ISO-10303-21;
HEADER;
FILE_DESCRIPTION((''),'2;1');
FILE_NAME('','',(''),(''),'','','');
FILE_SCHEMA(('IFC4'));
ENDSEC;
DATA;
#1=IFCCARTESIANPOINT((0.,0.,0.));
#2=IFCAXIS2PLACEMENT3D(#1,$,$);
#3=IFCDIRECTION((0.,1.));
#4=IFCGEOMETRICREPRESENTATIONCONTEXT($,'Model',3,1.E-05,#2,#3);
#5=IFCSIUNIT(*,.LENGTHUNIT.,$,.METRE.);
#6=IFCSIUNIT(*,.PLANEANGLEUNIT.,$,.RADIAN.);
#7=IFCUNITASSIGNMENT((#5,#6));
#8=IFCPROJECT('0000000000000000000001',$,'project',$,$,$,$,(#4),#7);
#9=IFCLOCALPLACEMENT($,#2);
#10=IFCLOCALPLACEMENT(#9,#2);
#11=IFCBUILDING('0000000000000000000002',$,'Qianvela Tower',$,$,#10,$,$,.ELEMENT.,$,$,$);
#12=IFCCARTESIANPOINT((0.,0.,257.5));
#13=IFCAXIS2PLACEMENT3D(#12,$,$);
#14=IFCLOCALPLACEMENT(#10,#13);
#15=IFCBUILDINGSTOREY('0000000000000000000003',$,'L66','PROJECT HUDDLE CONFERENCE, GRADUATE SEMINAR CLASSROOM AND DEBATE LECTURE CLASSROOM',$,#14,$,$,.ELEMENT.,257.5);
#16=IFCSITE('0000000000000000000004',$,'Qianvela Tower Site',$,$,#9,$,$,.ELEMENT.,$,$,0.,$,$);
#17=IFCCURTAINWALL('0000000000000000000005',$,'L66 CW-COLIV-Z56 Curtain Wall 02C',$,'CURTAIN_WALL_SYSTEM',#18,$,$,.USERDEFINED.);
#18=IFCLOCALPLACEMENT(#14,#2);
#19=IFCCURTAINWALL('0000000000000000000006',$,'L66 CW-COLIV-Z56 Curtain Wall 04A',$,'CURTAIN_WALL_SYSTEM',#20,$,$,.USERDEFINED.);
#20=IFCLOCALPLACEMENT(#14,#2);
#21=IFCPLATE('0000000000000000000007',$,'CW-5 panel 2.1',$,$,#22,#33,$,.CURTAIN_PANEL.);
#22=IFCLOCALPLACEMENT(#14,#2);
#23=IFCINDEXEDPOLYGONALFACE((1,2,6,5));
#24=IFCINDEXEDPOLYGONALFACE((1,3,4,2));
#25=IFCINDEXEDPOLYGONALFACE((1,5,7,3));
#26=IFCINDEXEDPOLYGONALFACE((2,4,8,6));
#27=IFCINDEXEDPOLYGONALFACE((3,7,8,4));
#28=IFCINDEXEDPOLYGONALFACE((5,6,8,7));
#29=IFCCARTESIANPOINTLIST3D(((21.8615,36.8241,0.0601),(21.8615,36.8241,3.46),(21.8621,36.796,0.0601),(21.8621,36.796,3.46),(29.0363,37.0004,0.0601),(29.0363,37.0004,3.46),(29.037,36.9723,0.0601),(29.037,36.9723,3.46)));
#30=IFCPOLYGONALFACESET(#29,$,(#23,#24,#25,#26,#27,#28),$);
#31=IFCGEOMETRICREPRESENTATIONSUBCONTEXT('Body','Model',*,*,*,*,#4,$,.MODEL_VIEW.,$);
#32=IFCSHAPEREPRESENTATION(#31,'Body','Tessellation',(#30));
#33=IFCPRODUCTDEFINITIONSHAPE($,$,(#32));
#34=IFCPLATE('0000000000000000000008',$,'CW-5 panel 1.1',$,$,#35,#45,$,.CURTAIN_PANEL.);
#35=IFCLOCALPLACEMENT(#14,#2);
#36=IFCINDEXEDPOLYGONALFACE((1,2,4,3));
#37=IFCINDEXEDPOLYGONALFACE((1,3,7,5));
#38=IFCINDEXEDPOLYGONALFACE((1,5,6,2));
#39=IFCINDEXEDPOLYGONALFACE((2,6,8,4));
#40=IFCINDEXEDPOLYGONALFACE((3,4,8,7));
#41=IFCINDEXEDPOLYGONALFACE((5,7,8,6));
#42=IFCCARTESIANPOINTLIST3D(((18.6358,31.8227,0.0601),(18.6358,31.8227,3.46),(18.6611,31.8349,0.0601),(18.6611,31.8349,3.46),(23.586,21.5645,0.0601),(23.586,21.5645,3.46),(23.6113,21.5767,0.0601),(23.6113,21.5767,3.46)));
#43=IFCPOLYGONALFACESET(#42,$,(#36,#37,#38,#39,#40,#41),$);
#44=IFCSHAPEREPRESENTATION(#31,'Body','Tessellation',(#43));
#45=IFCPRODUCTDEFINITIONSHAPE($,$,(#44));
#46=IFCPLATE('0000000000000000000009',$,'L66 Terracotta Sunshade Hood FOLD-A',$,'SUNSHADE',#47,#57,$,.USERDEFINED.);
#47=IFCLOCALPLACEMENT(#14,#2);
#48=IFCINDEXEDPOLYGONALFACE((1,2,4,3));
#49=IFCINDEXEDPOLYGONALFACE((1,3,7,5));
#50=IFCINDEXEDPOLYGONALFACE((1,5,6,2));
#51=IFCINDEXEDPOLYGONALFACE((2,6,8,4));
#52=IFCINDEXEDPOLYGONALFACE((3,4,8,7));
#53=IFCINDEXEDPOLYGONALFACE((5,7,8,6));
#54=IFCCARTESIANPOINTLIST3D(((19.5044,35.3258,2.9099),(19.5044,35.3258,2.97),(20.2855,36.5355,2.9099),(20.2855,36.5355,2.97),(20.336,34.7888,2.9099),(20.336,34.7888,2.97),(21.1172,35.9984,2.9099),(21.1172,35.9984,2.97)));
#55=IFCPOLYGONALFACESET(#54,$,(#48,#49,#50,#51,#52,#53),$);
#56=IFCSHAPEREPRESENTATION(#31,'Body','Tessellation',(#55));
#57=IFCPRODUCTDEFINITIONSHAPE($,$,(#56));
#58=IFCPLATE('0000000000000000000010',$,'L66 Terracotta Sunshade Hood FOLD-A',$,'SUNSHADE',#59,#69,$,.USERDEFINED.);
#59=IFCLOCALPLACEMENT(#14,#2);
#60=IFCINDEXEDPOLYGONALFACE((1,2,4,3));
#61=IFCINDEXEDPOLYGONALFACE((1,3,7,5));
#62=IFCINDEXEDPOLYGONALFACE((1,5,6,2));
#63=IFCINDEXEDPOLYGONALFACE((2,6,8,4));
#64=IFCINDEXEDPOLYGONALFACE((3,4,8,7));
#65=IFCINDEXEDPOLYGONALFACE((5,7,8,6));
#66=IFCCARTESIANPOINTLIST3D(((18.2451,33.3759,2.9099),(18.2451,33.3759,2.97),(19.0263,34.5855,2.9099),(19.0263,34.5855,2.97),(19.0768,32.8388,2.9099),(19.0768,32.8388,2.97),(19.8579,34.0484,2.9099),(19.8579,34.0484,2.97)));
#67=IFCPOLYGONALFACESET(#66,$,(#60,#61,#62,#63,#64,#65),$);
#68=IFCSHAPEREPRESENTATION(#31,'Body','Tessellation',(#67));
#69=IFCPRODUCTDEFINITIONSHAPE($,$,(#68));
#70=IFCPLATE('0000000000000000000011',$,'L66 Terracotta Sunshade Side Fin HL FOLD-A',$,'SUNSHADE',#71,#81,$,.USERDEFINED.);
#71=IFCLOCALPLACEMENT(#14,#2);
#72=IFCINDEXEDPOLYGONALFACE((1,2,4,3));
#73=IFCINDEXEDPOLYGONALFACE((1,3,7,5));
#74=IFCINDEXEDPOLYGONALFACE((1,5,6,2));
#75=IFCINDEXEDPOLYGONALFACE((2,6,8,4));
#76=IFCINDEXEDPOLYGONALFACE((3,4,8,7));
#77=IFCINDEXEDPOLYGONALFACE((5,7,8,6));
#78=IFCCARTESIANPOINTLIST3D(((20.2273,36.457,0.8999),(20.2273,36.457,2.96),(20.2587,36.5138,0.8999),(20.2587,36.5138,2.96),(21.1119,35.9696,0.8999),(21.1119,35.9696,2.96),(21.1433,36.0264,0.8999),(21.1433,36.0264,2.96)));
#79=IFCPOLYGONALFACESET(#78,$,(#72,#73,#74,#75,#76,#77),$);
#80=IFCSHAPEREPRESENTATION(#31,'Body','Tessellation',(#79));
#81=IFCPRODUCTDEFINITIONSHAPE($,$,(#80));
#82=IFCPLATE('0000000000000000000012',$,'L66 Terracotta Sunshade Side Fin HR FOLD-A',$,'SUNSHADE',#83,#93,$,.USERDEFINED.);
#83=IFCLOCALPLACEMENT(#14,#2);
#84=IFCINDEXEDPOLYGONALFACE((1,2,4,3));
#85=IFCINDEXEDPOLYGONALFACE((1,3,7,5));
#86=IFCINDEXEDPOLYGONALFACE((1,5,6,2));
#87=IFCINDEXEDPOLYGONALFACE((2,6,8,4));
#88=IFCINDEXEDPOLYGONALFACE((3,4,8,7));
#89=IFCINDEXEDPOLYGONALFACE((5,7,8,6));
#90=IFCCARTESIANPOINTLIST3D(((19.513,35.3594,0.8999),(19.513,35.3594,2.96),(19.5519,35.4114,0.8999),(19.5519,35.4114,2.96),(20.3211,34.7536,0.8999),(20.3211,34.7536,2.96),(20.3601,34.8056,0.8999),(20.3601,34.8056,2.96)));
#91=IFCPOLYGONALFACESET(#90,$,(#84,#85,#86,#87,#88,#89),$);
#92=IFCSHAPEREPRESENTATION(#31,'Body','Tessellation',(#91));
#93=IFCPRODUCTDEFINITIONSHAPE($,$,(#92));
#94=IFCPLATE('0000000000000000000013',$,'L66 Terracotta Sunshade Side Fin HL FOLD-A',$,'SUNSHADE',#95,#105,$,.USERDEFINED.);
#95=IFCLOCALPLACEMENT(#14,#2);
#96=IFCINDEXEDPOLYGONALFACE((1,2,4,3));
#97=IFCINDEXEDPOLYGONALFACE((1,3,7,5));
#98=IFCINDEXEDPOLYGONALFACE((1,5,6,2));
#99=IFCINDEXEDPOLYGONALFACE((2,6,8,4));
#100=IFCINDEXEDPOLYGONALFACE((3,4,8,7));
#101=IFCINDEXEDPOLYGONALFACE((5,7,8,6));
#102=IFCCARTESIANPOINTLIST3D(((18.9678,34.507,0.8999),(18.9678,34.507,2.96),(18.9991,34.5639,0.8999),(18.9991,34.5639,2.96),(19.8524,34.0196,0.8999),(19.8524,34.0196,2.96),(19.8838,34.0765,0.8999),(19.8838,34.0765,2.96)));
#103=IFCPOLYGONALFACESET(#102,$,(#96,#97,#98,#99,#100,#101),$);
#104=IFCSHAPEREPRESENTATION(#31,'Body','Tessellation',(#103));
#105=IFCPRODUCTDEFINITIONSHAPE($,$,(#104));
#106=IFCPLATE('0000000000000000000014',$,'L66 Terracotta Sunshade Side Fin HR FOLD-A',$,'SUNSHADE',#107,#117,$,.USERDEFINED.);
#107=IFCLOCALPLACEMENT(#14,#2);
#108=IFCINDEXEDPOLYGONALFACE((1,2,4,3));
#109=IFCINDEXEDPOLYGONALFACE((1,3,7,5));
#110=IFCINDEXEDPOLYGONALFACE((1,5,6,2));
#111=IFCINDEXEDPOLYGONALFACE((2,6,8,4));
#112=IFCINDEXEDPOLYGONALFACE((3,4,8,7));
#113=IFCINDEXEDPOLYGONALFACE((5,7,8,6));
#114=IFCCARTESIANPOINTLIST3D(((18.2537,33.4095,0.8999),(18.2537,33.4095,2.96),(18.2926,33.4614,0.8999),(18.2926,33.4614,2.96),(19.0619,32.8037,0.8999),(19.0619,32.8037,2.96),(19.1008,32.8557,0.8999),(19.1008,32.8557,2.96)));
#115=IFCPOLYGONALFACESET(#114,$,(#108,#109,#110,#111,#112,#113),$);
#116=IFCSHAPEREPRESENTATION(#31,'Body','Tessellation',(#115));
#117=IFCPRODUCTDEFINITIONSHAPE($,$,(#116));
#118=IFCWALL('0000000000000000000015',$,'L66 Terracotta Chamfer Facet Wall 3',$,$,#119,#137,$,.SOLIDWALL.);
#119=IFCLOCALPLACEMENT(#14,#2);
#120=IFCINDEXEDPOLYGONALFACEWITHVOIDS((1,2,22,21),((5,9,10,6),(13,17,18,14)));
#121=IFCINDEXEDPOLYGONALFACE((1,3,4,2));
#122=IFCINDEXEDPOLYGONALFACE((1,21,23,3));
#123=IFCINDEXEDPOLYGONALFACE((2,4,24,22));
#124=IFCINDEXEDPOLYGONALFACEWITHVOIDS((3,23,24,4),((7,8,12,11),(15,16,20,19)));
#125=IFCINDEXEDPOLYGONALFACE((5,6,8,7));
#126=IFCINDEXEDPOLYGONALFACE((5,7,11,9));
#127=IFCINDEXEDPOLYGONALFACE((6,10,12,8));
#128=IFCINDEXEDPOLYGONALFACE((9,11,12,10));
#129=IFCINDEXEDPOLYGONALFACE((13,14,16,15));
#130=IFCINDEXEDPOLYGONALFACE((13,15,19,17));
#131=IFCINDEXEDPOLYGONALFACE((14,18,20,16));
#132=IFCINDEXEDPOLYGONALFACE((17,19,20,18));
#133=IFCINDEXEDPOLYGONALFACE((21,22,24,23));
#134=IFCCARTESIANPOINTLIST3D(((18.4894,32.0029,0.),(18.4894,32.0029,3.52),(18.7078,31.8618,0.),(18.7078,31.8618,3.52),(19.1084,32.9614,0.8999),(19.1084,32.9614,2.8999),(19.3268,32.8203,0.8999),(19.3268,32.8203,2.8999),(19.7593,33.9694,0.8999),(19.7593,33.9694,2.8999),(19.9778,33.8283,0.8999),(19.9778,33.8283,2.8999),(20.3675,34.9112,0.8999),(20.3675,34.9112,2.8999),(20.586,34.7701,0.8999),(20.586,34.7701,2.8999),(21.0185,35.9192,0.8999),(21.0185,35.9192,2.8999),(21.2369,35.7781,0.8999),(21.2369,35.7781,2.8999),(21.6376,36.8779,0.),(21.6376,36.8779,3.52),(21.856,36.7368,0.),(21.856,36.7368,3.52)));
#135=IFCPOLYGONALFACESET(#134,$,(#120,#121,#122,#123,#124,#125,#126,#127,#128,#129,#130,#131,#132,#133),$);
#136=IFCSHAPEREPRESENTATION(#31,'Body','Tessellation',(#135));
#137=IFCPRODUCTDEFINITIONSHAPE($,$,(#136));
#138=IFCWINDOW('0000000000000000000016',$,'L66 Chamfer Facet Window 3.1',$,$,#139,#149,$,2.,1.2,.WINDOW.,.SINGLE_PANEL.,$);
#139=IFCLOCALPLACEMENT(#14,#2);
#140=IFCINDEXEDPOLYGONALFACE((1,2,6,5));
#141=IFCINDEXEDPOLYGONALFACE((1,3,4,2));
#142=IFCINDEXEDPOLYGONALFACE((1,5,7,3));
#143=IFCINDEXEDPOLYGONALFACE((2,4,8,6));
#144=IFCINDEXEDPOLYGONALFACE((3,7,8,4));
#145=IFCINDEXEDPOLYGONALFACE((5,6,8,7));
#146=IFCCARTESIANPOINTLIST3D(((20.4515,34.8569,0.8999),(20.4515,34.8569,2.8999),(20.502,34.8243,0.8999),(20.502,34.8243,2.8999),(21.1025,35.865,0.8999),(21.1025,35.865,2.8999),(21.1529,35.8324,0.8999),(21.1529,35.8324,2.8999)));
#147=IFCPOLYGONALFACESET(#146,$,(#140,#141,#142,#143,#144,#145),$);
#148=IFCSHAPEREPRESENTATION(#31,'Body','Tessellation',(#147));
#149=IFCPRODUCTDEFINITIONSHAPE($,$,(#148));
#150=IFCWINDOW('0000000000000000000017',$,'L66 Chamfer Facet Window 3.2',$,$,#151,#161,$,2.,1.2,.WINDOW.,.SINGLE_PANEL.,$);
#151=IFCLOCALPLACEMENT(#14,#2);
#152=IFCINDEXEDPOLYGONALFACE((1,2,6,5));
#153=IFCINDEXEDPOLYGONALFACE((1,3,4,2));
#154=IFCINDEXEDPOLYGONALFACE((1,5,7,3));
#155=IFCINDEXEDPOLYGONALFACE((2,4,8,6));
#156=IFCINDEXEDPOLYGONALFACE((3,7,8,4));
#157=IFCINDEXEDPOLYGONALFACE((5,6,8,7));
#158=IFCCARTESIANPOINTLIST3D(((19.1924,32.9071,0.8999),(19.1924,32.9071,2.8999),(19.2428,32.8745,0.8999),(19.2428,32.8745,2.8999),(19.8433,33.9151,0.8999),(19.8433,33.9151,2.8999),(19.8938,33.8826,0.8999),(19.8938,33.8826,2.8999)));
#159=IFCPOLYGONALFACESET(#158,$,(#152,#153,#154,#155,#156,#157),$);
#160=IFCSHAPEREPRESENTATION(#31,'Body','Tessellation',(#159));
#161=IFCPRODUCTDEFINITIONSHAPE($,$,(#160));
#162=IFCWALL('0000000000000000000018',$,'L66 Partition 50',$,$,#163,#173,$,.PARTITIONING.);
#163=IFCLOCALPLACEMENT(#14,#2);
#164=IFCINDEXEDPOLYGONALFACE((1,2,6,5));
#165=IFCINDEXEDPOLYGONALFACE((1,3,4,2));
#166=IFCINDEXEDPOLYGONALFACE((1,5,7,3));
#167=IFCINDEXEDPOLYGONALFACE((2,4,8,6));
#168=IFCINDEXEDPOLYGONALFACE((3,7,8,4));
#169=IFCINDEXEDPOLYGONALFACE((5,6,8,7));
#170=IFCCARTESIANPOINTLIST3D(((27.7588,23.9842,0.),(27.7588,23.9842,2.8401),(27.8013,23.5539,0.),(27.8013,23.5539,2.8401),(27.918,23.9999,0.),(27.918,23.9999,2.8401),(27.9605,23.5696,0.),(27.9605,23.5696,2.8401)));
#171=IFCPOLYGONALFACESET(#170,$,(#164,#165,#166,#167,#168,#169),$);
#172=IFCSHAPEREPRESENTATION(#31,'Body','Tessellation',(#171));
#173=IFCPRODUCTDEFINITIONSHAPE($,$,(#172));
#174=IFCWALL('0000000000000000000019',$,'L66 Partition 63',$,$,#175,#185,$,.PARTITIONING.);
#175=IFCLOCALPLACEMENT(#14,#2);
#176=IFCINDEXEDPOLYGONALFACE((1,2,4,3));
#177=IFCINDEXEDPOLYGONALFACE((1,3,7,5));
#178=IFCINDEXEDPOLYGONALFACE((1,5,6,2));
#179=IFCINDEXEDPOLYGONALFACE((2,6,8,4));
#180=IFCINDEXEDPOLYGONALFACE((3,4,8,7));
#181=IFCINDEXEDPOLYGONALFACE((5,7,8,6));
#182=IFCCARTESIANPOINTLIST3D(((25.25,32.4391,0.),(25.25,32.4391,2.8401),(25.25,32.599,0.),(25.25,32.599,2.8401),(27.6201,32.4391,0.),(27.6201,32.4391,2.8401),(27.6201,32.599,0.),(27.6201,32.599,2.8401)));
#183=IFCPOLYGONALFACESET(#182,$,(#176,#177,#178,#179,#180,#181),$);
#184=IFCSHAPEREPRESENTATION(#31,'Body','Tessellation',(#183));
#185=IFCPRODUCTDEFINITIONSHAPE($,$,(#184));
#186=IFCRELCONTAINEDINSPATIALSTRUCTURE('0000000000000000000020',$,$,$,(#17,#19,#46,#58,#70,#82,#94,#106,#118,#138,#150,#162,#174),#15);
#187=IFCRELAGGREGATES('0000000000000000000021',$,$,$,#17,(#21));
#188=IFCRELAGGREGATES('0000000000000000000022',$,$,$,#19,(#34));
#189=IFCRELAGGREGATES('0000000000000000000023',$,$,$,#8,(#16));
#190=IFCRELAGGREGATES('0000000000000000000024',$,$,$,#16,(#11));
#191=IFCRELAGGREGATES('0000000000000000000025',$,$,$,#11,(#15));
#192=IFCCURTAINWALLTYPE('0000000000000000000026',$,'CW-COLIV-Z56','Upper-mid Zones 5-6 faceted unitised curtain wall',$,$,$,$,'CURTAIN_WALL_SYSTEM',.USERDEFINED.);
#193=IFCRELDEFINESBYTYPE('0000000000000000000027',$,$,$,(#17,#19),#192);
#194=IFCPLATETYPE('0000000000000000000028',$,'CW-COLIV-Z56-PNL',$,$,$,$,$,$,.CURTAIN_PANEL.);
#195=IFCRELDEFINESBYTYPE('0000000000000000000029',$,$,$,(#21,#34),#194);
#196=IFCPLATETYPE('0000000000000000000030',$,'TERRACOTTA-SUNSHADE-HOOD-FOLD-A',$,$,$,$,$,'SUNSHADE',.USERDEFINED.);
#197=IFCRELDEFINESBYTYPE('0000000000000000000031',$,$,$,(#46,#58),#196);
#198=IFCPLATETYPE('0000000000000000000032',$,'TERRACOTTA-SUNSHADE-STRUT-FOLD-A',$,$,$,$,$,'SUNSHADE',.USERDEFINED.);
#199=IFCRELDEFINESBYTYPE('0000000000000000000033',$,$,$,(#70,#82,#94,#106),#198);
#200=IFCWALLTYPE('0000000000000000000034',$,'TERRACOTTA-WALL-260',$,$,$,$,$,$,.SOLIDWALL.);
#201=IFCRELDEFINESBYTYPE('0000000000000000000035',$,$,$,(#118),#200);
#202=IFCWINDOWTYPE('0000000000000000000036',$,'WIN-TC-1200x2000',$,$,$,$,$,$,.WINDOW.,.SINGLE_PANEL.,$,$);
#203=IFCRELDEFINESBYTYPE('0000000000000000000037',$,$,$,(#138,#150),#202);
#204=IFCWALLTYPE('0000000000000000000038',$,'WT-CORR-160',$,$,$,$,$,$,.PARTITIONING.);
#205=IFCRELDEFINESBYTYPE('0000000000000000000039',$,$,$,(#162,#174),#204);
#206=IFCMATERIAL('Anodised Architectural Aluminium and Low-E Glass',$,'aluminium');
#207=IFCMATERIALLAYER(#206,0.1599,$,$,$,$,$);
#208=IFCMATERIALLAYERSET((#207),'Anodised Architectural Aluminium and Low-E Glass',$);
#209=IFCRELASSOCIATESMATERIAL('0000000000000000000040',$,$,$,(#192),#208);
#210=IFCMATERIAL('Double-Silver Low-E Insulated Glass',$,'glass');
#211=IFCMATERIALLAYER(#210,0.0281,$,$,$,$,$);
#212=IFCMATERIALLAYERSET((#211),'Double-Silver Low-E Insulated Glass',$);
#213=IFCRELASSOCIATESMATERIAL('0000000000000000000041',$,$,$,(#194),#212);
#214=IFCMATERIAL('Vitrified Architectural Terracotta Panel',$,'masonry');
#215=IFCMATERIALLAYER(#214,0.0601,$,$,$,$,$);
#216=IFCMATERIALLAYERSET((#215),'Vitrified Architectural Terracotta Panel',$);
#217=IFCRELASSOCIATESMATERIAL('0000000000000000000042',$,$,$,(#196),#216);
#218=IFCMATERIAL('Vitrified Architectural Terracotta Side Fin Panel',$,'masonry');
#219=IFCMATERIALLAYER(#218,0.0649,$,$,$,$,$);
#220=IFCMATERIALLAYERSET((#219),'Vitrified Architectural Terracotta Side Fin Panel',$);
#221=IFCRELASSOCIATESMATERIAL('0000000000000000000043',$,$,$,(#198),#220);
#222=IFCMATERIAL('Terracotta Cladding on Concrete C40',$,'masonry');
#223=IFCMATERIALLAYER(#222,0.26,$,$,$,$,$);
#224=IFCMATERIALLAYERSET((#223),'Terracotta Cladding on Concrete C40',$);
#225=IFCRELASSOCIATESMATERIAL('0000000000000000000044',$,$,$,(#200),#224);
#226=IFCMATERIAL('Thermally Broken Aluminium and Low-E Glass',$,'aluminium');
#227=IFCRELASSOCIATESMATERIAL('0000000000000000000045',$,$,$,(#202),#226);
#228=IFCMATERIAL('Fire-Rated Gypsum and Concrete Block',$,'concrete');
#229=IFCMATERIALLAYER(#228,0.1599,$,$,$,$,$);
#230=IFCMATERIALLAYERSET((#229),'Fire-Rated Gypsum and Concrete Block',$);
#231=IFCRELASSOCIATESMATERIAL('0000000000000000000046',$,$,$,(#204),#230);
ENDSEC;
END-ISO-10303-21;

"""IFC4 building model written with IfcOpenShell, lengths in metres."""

from ifc_helpers import new_model, si_unit, direction, frame, frame_2d, origin, origin_2d, place, context, subcontext, project, spatial, rectangle, extrude, material, layer, layer_set, type_object, element, fill, aggregate, save


model = new_model("IFC4")

# Units and contexts
model_context = context("Model", 3, precision=1e-05, world=origin(), true_north=direction((0.0, 1.0)))
body_context = subcontext(model_context, "Body", "Model", "MODEL_VIEW")
ifc_project = project(units=[si_unit("LENGTHUNIT", "METRE"), si_unit("PLANEANGLEUNIT", "RADIAN")], contexts=[model_context])

# Site, building, storey
site_placement = place(None, origin())
site = spatial("IfcSite", under=ifc_project, at=site_placement, Name="Qianvela Tower Site", CompositionType="ELEMENT", RefElevation=0.0)
building_placement = place(site_placement, origin())
building = spatial("IfcBuilding", under=site, at=building_placement, Name="Qianvela Tower", CompositionType="ELEMENT")
storey_placement = place(building_placement, frame((0.0, 0.0, 257.5)))
storey = spatial("IfcBuildingStorey", under=building, at=storey_placement, Name="L66", Description="PROJECT HUDDLE CONFERENCE, GRADUATE SEMINAR CLASSROOM AND DEBATE LECTURE CLASSROOM", CompositionType="ELEMENT", Elevation=257.5)

# Curtain wall
ifc_material_1 = material(Name="Anodised Architectural Aluminium and Low-E Glass", Category="aluminium")
ifc_layer_1 = layer(ifc_material_1, 0.1599)
ifc_layer_set_1 = layer_set([ifc_layer_1], Name="Anodised Architectural Aluminium and Low-E Glass")
curtain_wall_type = type_object("IfcCurtainWallType", Name="CW-COLIV-Z56", Description="Upper-mid Zones 5-6 faceted unitised curtain wall", ElementType="CURTAIN_WALL_SYSTEM", PredefinedType="USERDEFINED", material=ifc_layer_set_1)
curtain_wall_1_placement = place(storey_placement, origin())
curtain_wall_1 = element("IfcCurtainWall", 1, at=curtain_wall_1_placement, inside=storey, type_object=curtain_wall_type, Name="L66 CW-COLIV-Z56 Curtain Wall 02C", ObjectType="CURTAIN_WALL_SYSTEM", PredefinedType="USERDEFINED")

# Curtain wall
curtain_wall_2_placement = place(storey_placement, origin())
curtain_wall_2 = element("IfcCurtainWall", 2, at=curtain_wall_2_placement, inside=storey, type_object=curtain_wall_type, Name="L66 CW-COLIV-Z56 Curtain Wall 04A", ObjectType="CURTAIN_WALL_SYSTEM", PredefinedType="USERDEFINED")

# Plates
ifc_material_2 = material(Name="Double-Silver Low-E Insulated Glass", Category="glass")
ifc_layer_2 = layer(ifc_material_2, 0.0281)
ifc_layer_set_2 = layer_set([ifc_layer_2], Name="Double-Silver Low-E Insulated Glass")
plate_type_1 = type_object("IfcPlateType", Name="CW-COLIV-Z56-PNL", PredefinedType="CURTAIN_PANEL", material=ifc_layer_set_2)
plate_1_placement = place(storey_placement, frame((25.4492, 36.8982, 0.0601), z_axis=(0.0, 0.0, 1.0), x_axis=(-0.999698, -0.024558, 0.0)))
plate_1 = element("IfcPlate", 3, at=plate_1_placement, type_object=plate_type_1, Name="CW-5 panel 2.1", PredefinedType="CURTAIN_PANEL", context=body_context, shape_type="SweptSolid", body=[
    extrude(rectangle(XDim=7.177, YDim=0.0281, at=origin_2d()), origin(), (0.0, 0.0, 1.0), 3.3999),
])
aggregate(curtain_wall_1, [plate_1])
plate_2_placement = place(storey_placement, frame((21.1235, 26.6997, 0.0601), z_axis=(0.0, 0.0, 1.0), x_axis=(0.434607, -0.90062, 0.0)))
plate_2 = element("IfcPlate", 4, at=plate_2_placement, type_object=plate_type_1, Name="CW-5 panel 1.1", PredefinedType="CURTAIN_PANEL", context=body_context, shape_type="SweptSolid", body=[
    extrude(rectangle(XDim=11.3901, YDim=0.0281, at=origin_2d()), origin(), (0.0, 0.0, 1.0), 3.3999),
])
aggregate(curtain_wall_2, [plate_2])

# Plates
ifc_material_3 = material(Name="Vitrified Architectural Terracotta Panel", Category="masonry")
ifc_layer_3 = layer(ifc_material_3, 0.0601)
ifc_layer_set_3 = layer_set([ifc_layer_3], Name="Vitrified Architectural Terracotta Panel")
plate_type_2 = type_object("IfcPlateType", Name="TERRACOTTA-SUNSHADE-HOOD-FOLD-A", ElementType="SUNSHADE", PredefinedType="USERDEFINED", material=ifc_layer_set_3)
for number, where, z_axis, x_axis, name in (
    (5, (20.3108, 35.6621, 2.9099), (0.0, 0.0, 1.0), (-0.542497, -0.840058, 0.0), "L66 Terracotta Sunshade Hood FOLD-A"),
    (6, (19.0515, 33.7122, 2.9099), (0.0, 0.0, 1.0), (-0.542497, -0.840058, 0.0), "L66 Terracotta Sunshade Hood FOLD-A"),
):
    element("IfcPlate", number, at=place(storey_placement, frame(where, z_axis=z_axis, x_axis=x_axis)), inside=storey, type_object=plate_type_2, Name=name, ObjectType="SUNSHADE", PredefinedType="USERDEFINED", context=body_context, shape_type="SweptSolid", body=[
        extrude(rectangle(XDim=1.4399, YDim=0.99, at=origin_2d()), origin(), (0.0, 0.0, 1.0), 0.0601),
    ])
ifc_material_4 = material(Name="Vitrified Architectural Terracotta Side Fin Panel", Category="masonry")
ifc_layer_4 = layer(ifc_material_4, 0.0649)
ifc_layer_set_4 = layer_set([ifc_layer_4], Name="Vitrified Architectural Terracotta Side Fin Panel")
plate_type_3 = type_object("IfcPlateType", Name="TERRACOTTA-SUNSHADE-STRUT-FOLD-A", ElementType="SUNSHADE", PredefinedType="USERDEFINED", material=ifc_layer_set_4)
for number, where, z_axis, x_axis, name in (
    (7, (20.6853, 36.2417, 0.8999), (0.0, 0.0, 1.0), (-0.482576, -0.875854, 0.0), "L66 Terracotta Sunshade Side Fin HL FOLD-A"),
    (8, (19.9365, 35.0825, 0.8999), (0.0, 0.0, 1.0), (-0.599775, -0.800169, 0.0), "L66 Terracotta Sunshade Side Fin HR FOLD-A"),
    (9, (19.4258, 34.2917, 0.8999), (0.0, 0.0, 1.0), (-0.482576, -0.875854, 0.0), "L66 Terracotta Sunshade Side Fin HL FOLD-A"),
    (10, (18.6772, 33.1326, 0.8999), (0.0, 0.0, 1.0), (-0.599775, -0.800169, 0.0), "L66 Terracotta Sunshade Side Fin HR FOLD-A"),
):
    element("IfcPlate", number, at=place(storey_placement, frame(where, z_axis=z_axis, x_axis=x_axis)), inside=storey, type_object=plate_type_3, Name=name, ObjectType="SUNSHADE", PredefinedType="USERDEFINED", context=body_context, shape_type="SweptSolid", body=[
        extrude(rectangle(XDim=0.0649, YDim=1.01, at=origin_2d()), origin(), (0.0, 0.0, 1.0), 2.0601),
    ])

# Wall, openings, windows
ifc_material_5 = material(Name="Terracotta Cladding on Concrete C40", Category="masonry")
ifc_layer_5 = layer(ifc_material_5, 0.26)
ifc_layer_set_5 = layer_set([ifc_layer_5], Name="Terracotta Cladding on Concrete C40")
wall_type_1 = type_object("IfcWallType", Name="TERRACOTTA-WALL-260", PredefinedType="SOLIDWALL", material=ifc_layer_set_5)
wall_1_placement = place(storey_placement, frame((21.7468, 36.8074, 0.0), z_axis=(0.0, 0.0, 1.0), x_axis=(-0.542496, -0.840059, 0.0)))
wall_1 = element("IfcWall", 11, at=wall_1_placement, inside=storey, type_object=wall_type_1, Name="L66 Terracotta Chamfer Facet Wall 3", PredefinedType="SOLIDWALL", context=body_context, shape_type="SweptSolid", body=[
    extrude(rectangle(XDim=5.8032, YDim=0.26, at=frame_2d((2.9016, 0.0))), origin(), (0.0, 0.0, 1.0), 3.52),
])
opening_1_placement = place(wall_1_placement, frame((1.1411, 0.0, 0.8999)))
opening_1 = element("IfcOpeningElement", 12, at=opening_1_placement, cuts=wall_1, PredefinedType="OPENING", context=body_context, shape_type="SweptSolid", body=[
    extrude(rectangle(XDim=1.2, YDim=2.0, at=frame_2d((0.6001, 1.0))), frame((0.0, 0.1399, 0.0), z_axis=(0.0, -1.0, 0.0), x_axis=(1.0, 0.0, 0.0)), (0.0, 0.0, 1.0), 0.28),
])
opening_2_placement = place(wall_1_placement, frame((3.4622, 0.0, 0.8999)))
opening_2 = element("IfcOpeningElement", 13, at=opening_2_placement, cuts=wall_1, PredefinedType="OPENING", context=body_context, shape_type="SweptSolid", body=[
    extrude(rectangle(XDim=1.2, YDim=2.0, at=frame_2d((0.6001, 1.0))), frame((0.0, 0.1399, 0.0), z_axis=(0.0, -1.0, 0.0), x_axis=(1.0, 0.0, 0.0)), (0.0, 0.0, 1.0), 0.28),
])
ifc_material_6 = material(Name="Thermally Broken Aluminium and Low-E Glass", Category="aluminium")
window_type = type_object("IfcWindowType", Name="WIN-TC-1200x2000", PartitioningType="SINGLE_PANEL", PredefinedType="WINDOW", material=ifc_material_6)
window_1_placement = place(opening_1_placement, origin())
window_1 = element("IfcWindow", 14, at=window_1_placement, inside=storey, type_object=window_type, Name="L66 Chamfer Facet Window 3.1", OverallHeight=2.0, OverallWidth=1.2, PartitioningType="SINGLE_PANEL", PredefinedType="WINDOW", context=body_context, shape_type="SweptSolid", body=[
    extrude(rectangle(XDim=1.2, YDim=2.0, at=frame_2d((0.6001, 1.0))), frame((0.0, 0.03, 0.0), z_axis=(0.0, -1.0, 0.0), x_axis=(1.0, 0.0, 0.0)), (0.0, 0.0, 1.0), 0.0601),
])
fill(opening_1, window_1)
window_2_placement = place(opening_2_placement, origin())
window_2 = element("IfcWindow", 15, at=window_2_placement, inside=storey, type_object=window_type, Name="L66 Chamfer Facet Window 3.2", OverallHeight=2.0, OverallWidth=1.2, PartitioningType="SINGLE_PANEL", PredefinedType="WINDOW", context=body_context, shape_type="SweptSolid", body=[
    extrude(rectangle(XDim=1.2, YDim=2.0, at=frame_2d((0.6001, 1.0))), frame((0.0, 0.03, 0.0), z_axis=(0.0, -1.0, 0.0), x_axis=(1.0, 0.0, 0.0)), (0.0, 0.0, 1.0), 0.0601),
])
fill(opening_2, window_2)

# Walls
ifc_material_7 = material(Name="Fire-Rated Gypsum and Concrete Block", Category="concrete")
ifc_layer_6 = layer(ifc_material_7, 0.1599)
ifc_layer_set_6 = layer_set([ifc_layer_6], Name="Fire-Rated Gypsum and Concrete Block")
wall_type_2 = type_object("IfcWallType", Name="WT-CORR-160", PredefinedType="PARTITIONING", material=ifc_layer_set_6)
wall_2_placement = place(storey_placement, frame((27.8384, 23.9922, 0.0), z_axis=(0.0, 0.0, 1.0), x_axis=(0.098273, -0.995159, 0.0)))
element("IfcWall", 16, at=wall_2_placement, inside=storey, type_object=wall_type_2, Name="L66 Partition 50", PredefinedType="PARTITIONING", context=body_context, shape_type="SweptSolid", body=[
    extrude(rectangle(XDim=0.4324, YDim=0.1599, at=frame_2d((0.2163, 0.0))), origin(), (0.0, 0.0, 1.0), 2.8401),
])
wall_3_placement = place(storey_placement, frame((25.25, 32.519, 0.0), z_axis=(0.0, 0.0, 1.0), x_axis=(1.0, 0.0, 0.0)))
element("IfcWall", 17, at=wall_3_placement, inside=storey, type_object=wall_type_2, Name="L66 Partition 63", PredefinedType="PARTITIONING", context=body_context, shape_type="SweptSolid", body=[
    extrude(rectangle(XDim=2.3701, YDim=0.1599, at=frame_2d((1.1851, 0.0))), origin(), (0.0, 0.0, 1.0), 2.8401),
])

save(model, "model.ifc")
